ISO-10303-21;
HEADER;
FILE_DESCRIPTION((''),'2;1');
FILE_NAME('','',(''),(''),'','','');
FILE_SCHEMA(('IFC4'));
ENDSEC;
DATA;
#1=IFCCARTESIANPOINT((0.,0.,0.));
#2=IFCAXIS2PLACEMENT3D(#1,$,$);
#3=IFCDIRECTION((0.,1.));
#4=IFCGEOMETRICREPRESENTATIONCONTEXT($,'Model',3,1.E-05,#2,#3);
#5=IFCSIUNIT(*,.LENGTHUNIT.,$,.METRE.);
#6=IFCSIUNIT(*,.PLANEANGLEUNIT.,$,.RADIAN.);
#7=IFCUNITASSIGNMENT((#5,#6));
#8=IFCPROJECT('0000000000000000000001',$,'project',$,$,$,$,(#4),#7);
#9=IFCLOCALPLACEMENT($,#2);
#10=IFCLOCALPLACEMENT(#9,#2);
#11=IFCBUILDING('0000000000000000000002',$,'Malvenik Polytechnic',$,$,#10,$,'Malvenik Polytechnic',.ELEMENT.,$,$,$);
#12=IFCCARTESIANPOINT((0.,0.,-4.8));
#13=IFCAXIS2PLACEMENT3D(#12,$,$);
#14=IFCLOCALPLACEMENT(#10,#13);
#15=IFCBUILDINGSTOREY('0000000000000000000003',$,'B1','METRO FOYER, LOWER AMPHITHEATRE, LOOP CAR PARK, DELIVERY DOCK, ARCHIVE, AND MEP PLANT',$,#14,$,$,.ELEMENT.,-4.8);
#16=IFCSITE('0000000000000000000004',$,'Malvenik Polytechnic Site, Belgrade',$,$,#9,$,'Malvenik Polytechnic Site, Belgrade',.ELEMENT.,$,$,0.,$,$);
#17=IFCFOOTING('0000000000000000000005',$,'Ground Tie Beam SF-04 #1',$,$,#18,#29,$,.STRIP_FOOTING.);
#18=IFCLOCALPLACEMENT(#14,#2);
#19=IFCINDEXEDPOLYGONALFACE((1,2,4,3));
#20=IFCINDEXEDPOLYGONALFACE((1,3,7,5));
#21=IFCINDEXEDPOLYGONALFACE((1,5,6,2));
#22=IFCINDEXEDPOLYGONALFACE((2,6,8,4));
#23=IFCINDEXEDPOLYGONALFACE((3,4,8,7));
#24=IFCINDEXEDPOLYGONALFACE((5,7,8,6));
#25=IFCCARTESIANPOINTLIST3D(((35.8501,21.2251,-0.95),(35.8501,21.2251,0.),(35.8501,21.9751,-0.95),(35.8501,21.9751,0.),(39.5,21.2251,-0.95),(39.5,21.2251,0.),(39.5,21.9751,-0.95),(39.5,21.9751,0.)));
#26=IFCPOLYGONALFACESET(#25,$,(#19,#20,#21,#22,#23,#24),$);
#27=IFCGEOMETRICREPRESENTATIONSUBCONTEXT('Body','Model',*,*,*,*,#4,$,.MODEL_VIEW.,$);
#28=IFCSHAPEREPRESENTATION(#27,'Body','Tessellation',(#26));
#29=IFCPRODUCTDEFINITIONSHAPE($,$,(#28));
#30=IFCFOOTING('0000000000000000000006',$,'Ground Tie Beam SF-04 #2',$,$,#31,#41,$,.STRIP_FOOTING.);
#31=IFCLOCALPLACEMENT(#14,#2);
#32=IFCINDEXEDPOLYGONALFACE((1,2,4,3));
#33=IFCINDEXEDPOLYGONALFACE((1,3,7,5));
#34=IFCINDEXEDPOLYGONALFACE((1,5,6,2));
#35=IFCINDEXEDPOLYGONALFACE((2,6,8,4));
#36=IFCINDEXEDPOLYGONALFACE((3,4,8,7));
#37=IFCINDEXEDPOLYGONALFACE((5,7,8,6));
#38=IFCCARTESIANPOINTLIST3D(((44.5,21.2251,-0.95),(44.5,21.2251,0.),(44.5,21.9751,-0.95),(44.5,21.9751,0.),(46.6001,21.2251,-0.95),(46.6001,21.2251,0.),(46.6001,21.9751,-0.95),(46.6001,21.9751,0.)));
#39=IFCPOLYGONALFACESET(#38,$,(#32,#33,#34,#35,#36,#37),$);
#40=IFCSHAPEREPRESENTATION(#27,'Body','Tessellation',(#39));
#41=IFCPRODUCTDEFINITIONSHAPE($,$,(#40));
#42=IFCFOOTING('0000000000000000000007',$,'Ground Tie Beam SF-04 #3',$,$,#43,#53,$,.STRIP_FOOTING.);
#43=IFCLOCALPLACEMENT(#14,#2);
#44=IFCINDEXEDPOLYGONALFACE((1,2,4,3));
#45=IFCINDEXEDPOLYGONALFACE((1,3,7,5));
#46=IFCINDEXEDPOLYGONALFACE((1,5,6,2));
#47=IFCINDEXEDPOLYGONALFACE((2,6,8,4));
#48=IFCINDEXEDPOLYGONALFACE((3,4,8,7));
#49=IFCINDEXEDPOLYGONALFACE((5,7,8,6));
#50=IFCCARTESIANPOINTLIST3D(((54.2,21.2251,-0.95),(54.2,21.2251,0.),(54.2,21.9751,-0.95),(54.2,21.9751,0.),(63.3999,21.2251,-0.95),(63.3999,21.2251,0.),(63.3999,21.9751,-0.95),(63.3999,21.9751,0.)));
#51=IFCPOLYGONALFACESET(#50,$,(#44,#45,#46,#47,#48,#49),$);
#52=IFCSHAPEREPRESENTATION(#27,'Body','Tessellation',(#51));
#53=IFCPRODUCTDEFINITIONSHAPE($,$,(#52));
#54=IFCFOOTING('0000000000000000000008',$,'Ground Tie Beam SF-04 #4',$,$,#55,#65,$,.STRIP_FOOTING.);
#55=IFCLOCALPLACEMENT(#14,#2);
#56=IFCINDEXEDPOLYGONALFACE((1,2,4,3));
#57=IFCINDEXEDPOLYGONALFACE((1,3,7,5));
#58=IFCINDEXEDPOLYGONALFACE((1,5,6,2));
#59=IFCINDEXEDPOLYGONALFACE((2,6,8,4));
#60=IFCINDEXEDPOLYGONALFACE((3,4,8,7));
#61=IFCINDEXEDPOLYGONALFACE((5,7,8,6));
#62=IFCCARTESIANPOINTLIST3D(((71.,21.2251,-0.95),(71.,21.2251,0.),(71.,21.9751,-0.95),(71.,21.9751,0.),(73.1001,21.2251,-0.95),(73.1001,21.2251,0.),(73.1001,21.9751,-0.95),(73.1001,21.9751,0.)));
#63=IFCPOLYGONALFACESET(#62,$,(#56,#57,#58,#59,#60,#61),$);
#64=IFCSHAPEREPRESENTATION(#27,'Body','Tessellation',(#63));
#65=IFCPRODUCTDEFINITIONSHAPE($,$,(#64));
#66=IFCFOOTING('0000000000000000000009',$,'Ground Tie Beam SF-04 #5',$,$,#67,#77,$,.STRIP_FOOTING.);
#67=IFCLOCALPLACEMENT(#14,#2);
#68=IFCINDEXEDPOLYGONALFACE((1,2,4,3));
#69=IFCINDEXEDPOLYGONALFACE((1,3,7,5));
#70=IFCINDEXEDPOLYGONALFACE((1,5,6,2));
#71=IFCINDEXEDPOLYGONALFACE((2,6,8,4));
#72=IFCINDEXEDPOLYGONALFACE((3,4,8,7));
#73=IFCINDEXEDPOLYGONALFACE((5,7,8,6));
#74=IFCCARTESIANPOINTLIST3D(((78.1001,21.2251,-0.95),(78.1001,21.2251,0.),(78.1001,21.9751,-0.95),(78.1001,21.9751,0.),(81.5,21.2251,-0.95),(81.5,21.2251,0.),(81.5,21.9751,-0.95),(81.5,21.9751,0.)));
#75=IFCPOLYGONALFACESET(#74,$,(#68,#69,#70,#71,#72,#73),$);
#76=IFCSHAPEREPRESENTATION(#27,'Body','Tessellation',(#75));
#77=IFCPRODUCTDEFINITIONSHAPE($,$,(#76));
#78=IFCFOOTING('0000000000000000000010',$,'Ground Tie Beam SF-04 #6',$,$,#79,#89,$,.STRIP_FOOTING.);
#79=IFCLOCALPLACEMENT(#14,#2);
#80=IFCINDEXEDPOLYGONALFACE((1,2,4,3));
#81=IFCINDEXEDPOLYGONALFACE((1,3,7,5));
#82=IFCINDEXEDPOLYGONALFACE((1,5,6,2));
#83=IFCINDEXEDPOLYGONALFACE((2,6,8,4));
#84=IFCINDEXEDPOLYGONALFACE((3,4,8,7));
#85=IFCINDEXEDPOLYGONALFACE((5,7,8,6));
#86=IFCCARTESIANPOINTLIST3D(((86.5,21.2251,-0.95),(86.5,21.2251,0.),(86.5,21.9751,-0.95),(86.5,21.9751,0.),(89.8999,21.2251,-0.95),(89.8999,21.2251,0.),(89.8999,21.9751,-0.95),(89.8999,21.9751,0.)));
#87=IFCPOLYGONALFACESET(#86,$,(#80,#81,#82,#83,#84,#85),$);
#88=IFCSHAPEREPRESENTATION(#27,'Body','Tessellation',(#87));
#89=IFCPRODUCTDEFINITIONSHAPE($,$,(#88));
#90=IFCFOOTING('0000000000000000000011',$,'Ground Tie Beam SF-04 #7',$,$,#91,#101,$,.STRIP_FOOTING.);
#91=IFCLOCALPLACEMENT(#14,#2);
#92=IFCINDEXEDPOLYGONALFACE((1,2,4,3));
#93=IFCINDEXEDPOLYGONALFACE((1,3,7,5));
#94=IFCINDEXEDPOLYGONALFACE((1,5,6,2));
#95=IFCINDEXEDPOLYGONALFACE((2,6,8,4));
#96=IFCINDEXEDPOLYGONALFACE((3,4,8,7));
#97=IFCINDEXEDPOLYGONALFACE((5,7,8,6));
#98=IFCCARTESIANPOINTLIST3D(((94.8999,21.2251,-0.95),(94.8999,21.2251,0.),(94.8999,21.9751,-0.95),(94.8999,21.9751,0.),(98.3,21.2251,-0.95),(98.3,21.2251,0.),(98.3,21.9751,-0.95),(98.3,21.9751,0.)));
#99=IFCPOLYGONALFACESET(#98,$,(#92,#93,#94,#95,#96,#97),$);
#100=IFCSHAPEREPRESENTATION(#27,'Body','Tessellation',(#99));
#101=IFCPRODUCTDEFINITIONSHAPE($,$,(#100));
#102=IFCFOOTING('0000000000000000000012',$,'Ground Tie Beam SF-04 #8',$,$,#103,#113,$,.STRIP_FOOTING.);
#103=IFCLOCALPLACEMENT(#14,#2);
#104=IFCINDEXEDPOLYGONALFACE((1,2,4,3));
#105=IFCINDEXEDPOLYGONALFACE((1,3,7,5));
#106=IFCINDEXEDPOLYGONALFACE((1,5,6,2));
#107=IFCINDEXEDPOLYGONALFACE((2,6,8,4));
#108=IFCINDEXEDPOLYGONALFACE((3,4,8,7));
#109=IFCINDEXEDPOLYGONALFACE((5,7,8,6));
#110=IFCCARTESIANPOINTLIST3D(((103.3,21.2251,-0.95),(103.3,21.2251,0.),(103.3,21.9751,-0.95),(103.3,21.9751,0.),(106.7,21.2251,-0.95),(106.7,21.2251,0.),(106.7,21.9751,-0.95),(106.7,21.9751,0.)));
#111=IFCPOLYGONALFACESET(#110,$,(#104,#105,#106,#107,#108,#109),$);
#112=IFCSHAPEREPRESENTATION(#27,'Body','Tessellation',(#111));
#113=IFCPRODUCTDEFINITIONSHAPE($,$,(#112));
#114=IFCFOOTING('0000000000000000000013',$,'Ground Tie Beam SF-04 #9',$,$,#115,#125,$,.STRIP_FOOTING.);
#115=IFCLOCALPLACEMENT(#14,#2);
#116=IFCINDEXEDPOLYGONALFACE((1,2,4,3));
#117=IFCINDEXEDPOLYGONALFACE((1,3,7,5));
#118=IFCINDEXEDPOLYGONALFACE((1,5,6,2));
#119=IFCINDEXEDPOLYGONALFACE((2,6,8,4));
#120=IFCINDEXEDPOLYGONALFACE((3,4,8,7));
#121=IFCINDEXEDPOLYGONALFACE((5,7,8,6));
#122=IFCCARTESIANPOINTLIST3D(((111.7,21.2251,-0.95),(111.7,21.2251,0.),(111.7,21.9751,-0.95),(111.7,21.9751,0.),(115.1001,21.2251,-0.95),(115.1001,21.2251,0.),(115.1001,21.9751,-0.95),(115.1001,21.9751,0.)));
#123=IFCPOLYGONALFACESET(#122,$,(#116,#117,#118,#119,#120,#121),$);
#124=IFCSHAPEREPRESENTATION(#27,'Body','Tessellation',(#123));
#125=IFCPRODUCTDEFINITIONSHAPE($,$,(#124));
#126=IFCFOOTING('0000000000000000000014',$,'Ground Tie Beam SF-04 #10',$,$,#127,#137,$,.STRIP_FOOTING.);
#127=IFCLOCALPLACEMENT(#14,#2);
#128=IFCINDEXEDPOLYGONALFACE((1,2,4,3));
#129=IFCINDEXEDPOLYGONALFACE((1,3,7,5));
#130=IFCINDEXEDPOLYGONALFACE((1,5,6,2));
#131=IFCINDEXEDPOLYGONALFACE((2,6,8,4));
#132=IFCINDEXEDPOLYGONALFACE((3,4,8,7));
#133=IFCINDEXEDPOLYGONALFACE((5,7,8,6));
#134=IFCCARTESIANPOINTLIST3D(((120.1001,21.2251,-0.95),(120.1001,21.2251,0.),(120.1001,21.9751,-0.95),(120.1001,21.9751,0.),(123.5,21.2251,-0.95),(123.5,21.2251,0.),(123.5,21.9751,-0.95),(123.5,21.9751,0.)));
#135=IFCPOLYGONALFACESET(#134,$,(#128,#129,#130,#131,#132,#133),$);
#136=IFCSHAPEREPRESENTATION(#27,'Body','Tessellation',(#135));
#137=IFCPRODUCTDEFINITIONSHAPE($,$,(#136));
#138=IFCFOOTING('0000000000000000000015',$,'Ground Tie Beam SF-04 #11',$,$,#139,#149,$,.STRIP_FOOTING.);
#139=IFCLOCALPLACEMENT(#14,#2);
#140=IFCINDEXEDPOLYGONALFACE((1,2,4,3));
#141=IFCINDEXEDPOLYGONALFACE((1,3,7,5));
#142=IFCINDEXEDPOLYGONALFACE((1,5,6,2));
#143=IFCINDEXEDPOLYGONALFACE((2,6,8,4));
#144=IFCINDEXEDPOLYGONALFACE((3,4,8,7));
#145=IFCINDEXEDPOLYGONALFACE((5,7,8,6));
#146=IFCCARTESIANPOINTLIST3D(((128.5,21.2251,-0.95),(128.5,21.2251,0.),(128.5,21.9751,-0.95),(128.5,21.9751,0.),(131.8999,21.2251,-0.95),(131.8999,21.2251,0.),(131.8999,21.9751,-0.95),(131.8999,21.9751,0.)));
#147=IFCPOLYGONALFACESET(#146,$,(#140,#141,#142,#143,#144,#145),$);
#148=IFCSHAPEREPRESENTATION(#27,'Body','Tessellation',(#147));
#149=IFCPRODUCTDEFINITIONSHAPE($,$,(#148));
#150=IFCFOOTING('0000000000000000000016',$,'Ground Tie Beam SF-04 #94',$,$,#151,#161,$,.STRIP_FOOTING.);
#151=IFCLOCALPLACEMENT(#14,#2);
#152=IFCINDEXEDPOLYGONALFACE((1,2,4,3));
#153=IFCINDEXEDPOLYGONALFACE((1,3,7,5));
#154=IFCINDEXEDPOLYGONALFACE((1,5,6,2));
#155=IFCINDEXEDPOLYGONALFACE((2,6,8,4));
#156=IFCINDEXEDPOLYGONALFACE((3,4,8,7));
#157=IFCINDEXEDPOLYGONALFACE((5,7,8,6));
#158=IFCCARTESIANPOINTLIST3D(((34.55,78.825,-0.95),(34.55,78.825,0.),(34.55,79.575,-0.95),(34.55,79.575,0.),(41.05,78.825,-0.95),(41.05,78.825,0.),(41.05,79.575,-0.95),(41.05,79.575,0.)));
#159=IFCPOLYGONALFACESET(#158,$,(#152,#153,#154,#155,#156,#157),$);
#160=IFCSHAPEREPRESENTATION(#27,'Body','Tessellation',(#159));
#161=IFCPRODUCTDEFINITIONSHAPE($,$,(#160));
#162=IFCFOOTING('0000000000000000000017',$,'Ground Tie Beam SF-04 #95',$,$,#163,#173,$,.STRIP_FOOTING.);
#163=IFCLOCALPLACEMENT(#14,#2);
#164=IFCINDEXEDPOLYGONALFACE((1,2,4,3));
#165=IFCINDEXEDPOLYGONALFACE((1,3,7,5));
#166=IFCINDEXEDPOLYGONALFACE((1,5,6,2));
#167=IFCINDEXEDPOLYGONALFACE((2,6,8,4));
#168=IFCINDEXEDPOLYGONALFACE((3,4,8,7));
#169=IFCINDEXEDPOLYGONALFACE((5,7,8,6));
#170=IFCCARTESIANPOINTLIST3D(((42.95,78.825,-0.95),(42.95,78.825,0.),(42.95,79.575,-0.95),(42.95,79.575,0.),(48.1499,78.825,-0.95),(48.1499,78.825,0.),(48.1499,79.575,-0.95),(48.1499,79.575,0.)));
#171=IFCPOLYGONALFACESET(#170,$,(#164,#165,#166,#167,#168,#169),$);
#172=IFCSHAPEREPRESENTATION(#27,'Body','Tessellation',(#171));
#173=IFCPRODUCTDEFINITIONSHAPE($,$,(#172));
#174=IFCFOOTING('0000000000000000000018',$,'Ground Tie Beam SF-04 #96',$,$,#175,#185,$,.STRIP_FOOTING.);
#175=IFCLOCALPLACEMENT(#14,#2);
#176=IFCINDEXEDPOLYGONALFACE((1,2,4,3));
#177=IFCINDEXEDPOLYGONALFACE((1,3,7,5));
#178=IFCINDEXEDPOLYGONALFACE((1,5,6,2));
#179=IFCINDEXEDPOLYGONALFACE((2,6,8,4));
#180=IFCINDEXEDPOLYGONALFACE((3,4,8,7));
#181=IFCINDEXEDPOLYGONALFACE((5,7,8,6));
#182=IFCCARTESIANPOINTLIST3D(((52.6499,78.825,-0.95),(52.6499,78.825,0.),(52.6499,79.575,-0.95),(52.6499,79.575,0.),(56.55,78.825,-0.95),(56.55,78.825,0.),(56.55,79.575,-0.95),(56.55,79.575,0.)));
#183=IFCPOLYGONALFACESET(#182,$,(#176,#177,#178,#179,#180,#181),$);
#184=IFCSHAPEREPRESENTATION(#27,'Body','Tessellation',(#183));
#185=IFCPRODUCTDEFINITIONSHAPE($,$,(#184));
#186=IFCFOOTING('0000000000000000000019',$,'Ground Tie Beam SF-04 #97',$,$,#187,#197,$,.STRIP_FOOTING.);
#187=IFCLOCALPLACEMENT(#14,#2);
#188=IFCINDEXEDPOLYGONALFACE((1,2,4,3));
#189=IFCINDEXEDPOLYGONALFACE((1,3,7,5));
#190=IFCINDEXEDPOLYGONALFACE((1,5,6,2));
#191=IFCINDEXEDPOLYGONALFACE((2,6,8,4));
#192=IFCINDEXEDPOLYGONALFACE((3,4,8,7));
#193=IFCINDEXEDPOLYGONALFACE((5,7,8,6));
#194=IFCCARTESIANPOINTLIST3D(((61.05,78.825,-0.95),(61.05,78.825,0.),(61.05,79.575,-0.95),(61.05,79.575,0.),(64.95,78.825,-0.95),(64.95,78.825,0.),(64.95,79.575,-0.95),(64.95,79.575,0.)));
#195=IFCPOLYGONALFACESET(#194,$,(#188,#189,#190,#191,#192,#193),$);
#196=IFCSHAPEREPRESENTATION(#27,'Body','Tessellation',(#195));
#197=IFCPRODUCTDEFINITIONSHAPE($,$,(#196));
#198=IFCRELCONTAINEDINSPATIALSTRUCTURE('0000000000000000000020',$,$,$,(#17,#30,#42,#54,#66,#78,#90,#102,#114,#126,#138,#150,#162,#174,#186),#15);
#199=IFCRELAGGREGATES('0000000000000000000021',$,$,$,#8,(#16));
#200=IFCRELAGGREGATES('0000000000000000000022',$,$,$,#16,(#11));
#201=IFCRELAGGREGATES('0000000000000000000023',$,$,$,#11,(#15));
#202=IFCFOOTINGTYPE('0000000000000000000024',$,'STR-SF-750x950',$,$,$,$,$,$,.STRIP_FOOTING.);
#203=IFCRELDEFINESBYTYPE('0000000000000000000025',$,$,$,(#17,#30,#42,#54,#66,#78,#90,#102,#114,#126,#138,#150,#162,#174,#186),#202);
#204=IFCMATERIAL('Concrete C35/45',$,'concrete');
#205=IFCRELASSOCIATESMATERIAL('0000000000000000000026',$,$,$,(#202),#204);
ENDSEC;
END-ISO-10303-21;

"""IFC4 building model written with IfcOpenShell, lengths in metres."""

from ifc_helpers import new_model, si_unit, direction, frame, origin, place, context, subcontext, project, spatial, polyline, outline, extrude, material, type_object, element, save


model = new_model("IFC4")

# Units and contexts
model_context = context("Model", 3, precision=1e-05, world=origin(), true_north=direction((0.0, 1.0)))
body_context = subcontext(model_context, "Body", "Model", "MODEL_VIEW")
ifc_project = project(units=[si_unit("LENGTHUNIT", "METRE"), si_unit("PLANEANGLEUNIT", "RADIAN")], contexts=[model_context])

# Site, building, storey
site_placement = place(None, origin())
site = spatial("IfcSite", under=ifc_project, at=site_placement, Name="Malvenik Polytechnic Site, Belgrade", LongName="Malvenik Polytechnic Site, Belgrade", CompositionType="ELEMENT", RefElevation=0.0)
building_placement = place(site_placement, origin())
building = spatial("IfcBuilding", under=site, at=building_placement, Name="Malvenik Polytechnic", LongName="Malvenik Polytechnic", CompositionType="ELEMENT")
storey_placement = place(building_placement, frame((0.0, 0.0, -4.8)))
storey = spatial("IfcBuildingStorey", under=building, at=storey_placement, Name="B1", Description="METRO FOYER, LOWER AMPHITHEATRE, LOOP CAR PARK, DELIVERY DOCK, ARCHIVE, AND MEP PLANT", CompositionType="ELEMENT", Elevation=-4.8)

# Footings
ifc_material = material(Name="Concrete C35/45", Category="concrete")
footing_type_1 = type_object("IfcFootingType", Name="STR-SF-750x950", PredefinedType="STRIP_FOOTING", material=ifc_material)
footing_1_placement = place(storey_placement, frame((0.0, 0.0, -0.95)))
element("IfcFooting", 1, at=footing_1_placement, inside=storey, type_object=footing_type_1, Name="Ground Tie Beam SF-04 #1", PredefinedType="STRIP_FOOTING", context=body_context, shape_type="SweptSolid", body=[
    extrude(outline(polyline([(35.8501, 21.2251), (39.5, 21.2251), (39.5, 21.9751), (35.8501, 21.9751), (35.8501, 21.2251)])), origin(), (0.0, 0.0, 1.0), 0.95),
])
footing_2_placement = place(storey_placement, frame((0.0, 0.0, -0.95)))
element("IfcFooting", 2, at=footing_2_placement, inside=storey, type_object=footing_type_1, Name="Ground Tie Beam SF-04 #2", PredefinedType="STRIP_FOOTING", context=body_context, shape_type="SweptSolid", body=[
    extrude(outline(polyline([(44.5, 21.2251), (46.6001, 21.2251), (46.6001, 21.9751), (44.5, 21.9751), (44.5, 21.2251)])), origin(), (0.0, 0.0, 1.0), 0.95),
])
footing_3_placement = place(storey_placement, frame((0.0, 0.0, -0.95)))
element("IfcFooting", 3, at=footing_3_placement, inside=storey, type_object=footing_type_1, Name="Ground Tie Beam SF-04 #3", PredefinedType="STRIP_FOOTING", context=body_context, shape_type="SweptSolid", body=[
    extrude(outline(polyline([(54.2, 21.2251), (63.3999, 21.2251), (63.3999, 21.9751), (54.2, 21.9751), (54.2, 21.2251)])), origin(), (0.0, 0.0, 1.0), 0.95),
])
footing_4_placement = place(storey_placement, frame((0.0, 0.0, -0.95)))
element("IfcFooting", 4, at=footing_4_placement, inside=storey, type_object=footing_type_1, Name="Ground Tie Beam SF-04 #4", PredefinedType="STRIP_FOOTING", context=body_context, shape_type="SweptSolid", body=[
    extrude(outline(polyline([(71.0, 21.2251), (73.1001, 21.2251), (73.1001, 21.9751), (71.0, 21.9751), (71.0, 21.2251)])), origin(), (0.0, 0.0, 1.0), 0.95),
])
footing_5_placement = place(storey_placement, frame((0.0, 0.0, -0.95)))
element("IfcFooting", 5, at=footing_5_placement, inside=storey, type_object=footing_type_1, Name="Ground Tie Beam SF-04 #5", PredefinedType="STRIP_FOOTING", context=body_context, shape_type="SweptSolid", body=[
    extrude(outline(polyline([(78.1001, 21.2251), (81.5, 21.2251), (81.5, 21.9751), (78.1001, 21.9751), (78.1001, 21.2251)])), origin(), (0.0, 0.0, 1.0), 0.95),
])
footing_6_placement = place(storey_placement, frame((0.0, 0.0, -0.95)))
element("IfcFooting", 6, at=footing_6_placement, inside=storey, type_object=footing_type_1, Name="Ground Tie Beam SF-04 #6", PredefinedType="STRIP_FOOTING", context=body_context, shape_type="SweptSolid", body=[
    extrude(outline(polyline([(86.5, 21.2251), (89.8999, 21.2251), (89.8999, 21.9751), (86.5, 21.9751), (86.5, 21.2251)])), origin(), (0.0, 0.0, 1.0), 0.95),
])
footing_7_placement = place(storey_placement, frame((0.0, 0.0, -0.95)))
element("IfcFooting", 7, at=footing_7_placement, inside=storey, type_object=footing_type_1, Name="Ground Tie Beam SF-04 #7", PredefinedType="STRIP_FOOTING", context=body_context, shape_type="SweptSolid", body=[
    extrude(outline(polyline([(94.8999, 21.2251), (98.3, 21.2251), (98.3, 21.9751), (94.8999, 21.9751), (94.8999, 21.2251)])), origin(), (0.0, 0.0, 1.0), 0.95),
])
footing_8_placement = place(storey_placement, frame((0.0, 0.0, -0.95)))
element("IfcFooting", 8, at=footing_8_placement, inside=storey, type_object=footing_type_1, Name="Ground Tie Beam SF-04 #8", PredefinedType="STRIP_FOOTING", context=body_context, shape_type="SweptSolid", body=[
    extrude(outline(polyline([(103.3, 21.2251), (106.7, 21.2251), (106.7, 21.9751), (103.3, 21.9751), (103.3, 21.2251)])), origin(), (0.0, 0.0, 1.0), 0.95),
])
footing_9_placement = place(storey_placement, frame((0.0, 0.0, -0.95)))
element("IfcFooting", 9, at=footing_9_placement, inside=storey, type_object=footing_type_1, Name="Ground Tie Beam SF-04 #9", PredefinedType="STRIP_FOOTING", context=body_context, shape_type="SweptSolid", body=[
    extrude(outline(polyline([(111.7, 21.2251), (115.1001, 21.2251), (115.1001, 21.9751), (111.7, 21.9751), (111.7, 21.2251)])), origin(), (0.0, 0.0, 1.0), 0.95),
])
footing_10_placement = place(storey_placement, frame((0.0, 0.0, -0.95)))
element("IfcFooting", 10, at=footing_10_placement, inside=storey, type_object=footing_type_1, Name="Ground Tie Beam SF-04 #10", PredefinedType="STRIP_FOOTING", context=body_context, shape_type="SweptSolid", body=[
    extrude(outline(polyline([(120.1001, 21.2251), (123.5, 21.2251), (123.5, 21.9751), (120.1001, 21.9751), (120.1001, 21.2251)])), origin(), (0.0, 0.0, 1.0), 0.95),
])
footing_11_placement = place(storey_placement, frame((0.0, 0.0, -0.95)))
element("IfcFooting", 11, at=footing_11_placement, inside=storey, type_object=footing_type_1, Name="Ground Tie Beam SF-04 #11", PredefinedType="STRIP_FOOTING", context=body_context, shape_type="SweptSolid", body=[
    extrude(outline(polyline([(128.5, 21.2251), (131.8999, 21.2251), (131.8999, 21.9751), (128.5, 21.9751), (128.5, 21.2251)])), origin(), (0.0, 0.0, 1.0), 0.95),
])
footing_12_placement = place(storey_placement, frame((0.0, 0.0, -0.95)))
element("IfcFooting", 12, at=footing_12_placement, inside=storey, type_object=footing_type_1, Name="Ground Tie Beam SF-04 #94", PredefinedType="STRIP_FOOTING", context=body_context, shape_type="SweptSolid", body=[
    extrude(outline(polyline([(34.55, 78.825), (41.05, 78.825), (41.05, 79.575), (34.55, 79.575), (34.55, 78.825)])), origin(), (0.0, 0.0, 1.0), 0.95),
])
footing_13_placement = place(storey_placement, frame((0.0, 0.0, -0.95)))
element("IfcFooting", 13, at=footing_13_placement, inside=storey, type_object=footing_type_1, Name="Ground Tie Beam SF-04 #95", PredefinedType="STRIP_FOOTING", context=body_context, shape_type="SweptSolid", body=[
    extrude(outline(polyline([(42.95, 78.825), (48.1499, 78.825), (48.1499, 79.575), (42.95, 79.575), (42.95, 78.825)])), origin(), (0.0, 0.0, 1.0), 0.95),
])
footing_14_placement = place(storey_placement, frame((0.0, 0.0, -0.95)))
element("IfcFooting", 14, at=footing_14_placement, inside=storey, type_object=footing_type_1, Name="Ground Tie Beam SF-04 #96", PredefinedType="STRIP_FOOTING", context=body_context, shape_type="SweptSolid", body=[
    extrude(outline(polyline([(52.6499, 78.825), (56.55, 78.825), (56.55, 79.575), (52.6499, 79.575), (52.6499, 78.825)])), origin(), (0.0, 0.0, 1.0), 0.95),
])
footing_15_placement = place(storey_placement, frame((0.0, 0.0, -0.95)))
element("IfcFooting", 15, at=footing_15_placement, inside=storey, type_object=footing_type_1, Name="Ground Tie Beam SF-04 #97", PredefinedType="STRIP_FOOTING", context=body_context, shape_type="SweptSolid", body=[
    extrude(outline(polyline([(61.05, 78.825), (64.95, 78.825), (64.95, 79.575), (61.05, 79.575), (61.05, 78.825)])), origin(), (0.0, 0.0, 1.0), 0.95),
])

save(model, "model.ifc")
